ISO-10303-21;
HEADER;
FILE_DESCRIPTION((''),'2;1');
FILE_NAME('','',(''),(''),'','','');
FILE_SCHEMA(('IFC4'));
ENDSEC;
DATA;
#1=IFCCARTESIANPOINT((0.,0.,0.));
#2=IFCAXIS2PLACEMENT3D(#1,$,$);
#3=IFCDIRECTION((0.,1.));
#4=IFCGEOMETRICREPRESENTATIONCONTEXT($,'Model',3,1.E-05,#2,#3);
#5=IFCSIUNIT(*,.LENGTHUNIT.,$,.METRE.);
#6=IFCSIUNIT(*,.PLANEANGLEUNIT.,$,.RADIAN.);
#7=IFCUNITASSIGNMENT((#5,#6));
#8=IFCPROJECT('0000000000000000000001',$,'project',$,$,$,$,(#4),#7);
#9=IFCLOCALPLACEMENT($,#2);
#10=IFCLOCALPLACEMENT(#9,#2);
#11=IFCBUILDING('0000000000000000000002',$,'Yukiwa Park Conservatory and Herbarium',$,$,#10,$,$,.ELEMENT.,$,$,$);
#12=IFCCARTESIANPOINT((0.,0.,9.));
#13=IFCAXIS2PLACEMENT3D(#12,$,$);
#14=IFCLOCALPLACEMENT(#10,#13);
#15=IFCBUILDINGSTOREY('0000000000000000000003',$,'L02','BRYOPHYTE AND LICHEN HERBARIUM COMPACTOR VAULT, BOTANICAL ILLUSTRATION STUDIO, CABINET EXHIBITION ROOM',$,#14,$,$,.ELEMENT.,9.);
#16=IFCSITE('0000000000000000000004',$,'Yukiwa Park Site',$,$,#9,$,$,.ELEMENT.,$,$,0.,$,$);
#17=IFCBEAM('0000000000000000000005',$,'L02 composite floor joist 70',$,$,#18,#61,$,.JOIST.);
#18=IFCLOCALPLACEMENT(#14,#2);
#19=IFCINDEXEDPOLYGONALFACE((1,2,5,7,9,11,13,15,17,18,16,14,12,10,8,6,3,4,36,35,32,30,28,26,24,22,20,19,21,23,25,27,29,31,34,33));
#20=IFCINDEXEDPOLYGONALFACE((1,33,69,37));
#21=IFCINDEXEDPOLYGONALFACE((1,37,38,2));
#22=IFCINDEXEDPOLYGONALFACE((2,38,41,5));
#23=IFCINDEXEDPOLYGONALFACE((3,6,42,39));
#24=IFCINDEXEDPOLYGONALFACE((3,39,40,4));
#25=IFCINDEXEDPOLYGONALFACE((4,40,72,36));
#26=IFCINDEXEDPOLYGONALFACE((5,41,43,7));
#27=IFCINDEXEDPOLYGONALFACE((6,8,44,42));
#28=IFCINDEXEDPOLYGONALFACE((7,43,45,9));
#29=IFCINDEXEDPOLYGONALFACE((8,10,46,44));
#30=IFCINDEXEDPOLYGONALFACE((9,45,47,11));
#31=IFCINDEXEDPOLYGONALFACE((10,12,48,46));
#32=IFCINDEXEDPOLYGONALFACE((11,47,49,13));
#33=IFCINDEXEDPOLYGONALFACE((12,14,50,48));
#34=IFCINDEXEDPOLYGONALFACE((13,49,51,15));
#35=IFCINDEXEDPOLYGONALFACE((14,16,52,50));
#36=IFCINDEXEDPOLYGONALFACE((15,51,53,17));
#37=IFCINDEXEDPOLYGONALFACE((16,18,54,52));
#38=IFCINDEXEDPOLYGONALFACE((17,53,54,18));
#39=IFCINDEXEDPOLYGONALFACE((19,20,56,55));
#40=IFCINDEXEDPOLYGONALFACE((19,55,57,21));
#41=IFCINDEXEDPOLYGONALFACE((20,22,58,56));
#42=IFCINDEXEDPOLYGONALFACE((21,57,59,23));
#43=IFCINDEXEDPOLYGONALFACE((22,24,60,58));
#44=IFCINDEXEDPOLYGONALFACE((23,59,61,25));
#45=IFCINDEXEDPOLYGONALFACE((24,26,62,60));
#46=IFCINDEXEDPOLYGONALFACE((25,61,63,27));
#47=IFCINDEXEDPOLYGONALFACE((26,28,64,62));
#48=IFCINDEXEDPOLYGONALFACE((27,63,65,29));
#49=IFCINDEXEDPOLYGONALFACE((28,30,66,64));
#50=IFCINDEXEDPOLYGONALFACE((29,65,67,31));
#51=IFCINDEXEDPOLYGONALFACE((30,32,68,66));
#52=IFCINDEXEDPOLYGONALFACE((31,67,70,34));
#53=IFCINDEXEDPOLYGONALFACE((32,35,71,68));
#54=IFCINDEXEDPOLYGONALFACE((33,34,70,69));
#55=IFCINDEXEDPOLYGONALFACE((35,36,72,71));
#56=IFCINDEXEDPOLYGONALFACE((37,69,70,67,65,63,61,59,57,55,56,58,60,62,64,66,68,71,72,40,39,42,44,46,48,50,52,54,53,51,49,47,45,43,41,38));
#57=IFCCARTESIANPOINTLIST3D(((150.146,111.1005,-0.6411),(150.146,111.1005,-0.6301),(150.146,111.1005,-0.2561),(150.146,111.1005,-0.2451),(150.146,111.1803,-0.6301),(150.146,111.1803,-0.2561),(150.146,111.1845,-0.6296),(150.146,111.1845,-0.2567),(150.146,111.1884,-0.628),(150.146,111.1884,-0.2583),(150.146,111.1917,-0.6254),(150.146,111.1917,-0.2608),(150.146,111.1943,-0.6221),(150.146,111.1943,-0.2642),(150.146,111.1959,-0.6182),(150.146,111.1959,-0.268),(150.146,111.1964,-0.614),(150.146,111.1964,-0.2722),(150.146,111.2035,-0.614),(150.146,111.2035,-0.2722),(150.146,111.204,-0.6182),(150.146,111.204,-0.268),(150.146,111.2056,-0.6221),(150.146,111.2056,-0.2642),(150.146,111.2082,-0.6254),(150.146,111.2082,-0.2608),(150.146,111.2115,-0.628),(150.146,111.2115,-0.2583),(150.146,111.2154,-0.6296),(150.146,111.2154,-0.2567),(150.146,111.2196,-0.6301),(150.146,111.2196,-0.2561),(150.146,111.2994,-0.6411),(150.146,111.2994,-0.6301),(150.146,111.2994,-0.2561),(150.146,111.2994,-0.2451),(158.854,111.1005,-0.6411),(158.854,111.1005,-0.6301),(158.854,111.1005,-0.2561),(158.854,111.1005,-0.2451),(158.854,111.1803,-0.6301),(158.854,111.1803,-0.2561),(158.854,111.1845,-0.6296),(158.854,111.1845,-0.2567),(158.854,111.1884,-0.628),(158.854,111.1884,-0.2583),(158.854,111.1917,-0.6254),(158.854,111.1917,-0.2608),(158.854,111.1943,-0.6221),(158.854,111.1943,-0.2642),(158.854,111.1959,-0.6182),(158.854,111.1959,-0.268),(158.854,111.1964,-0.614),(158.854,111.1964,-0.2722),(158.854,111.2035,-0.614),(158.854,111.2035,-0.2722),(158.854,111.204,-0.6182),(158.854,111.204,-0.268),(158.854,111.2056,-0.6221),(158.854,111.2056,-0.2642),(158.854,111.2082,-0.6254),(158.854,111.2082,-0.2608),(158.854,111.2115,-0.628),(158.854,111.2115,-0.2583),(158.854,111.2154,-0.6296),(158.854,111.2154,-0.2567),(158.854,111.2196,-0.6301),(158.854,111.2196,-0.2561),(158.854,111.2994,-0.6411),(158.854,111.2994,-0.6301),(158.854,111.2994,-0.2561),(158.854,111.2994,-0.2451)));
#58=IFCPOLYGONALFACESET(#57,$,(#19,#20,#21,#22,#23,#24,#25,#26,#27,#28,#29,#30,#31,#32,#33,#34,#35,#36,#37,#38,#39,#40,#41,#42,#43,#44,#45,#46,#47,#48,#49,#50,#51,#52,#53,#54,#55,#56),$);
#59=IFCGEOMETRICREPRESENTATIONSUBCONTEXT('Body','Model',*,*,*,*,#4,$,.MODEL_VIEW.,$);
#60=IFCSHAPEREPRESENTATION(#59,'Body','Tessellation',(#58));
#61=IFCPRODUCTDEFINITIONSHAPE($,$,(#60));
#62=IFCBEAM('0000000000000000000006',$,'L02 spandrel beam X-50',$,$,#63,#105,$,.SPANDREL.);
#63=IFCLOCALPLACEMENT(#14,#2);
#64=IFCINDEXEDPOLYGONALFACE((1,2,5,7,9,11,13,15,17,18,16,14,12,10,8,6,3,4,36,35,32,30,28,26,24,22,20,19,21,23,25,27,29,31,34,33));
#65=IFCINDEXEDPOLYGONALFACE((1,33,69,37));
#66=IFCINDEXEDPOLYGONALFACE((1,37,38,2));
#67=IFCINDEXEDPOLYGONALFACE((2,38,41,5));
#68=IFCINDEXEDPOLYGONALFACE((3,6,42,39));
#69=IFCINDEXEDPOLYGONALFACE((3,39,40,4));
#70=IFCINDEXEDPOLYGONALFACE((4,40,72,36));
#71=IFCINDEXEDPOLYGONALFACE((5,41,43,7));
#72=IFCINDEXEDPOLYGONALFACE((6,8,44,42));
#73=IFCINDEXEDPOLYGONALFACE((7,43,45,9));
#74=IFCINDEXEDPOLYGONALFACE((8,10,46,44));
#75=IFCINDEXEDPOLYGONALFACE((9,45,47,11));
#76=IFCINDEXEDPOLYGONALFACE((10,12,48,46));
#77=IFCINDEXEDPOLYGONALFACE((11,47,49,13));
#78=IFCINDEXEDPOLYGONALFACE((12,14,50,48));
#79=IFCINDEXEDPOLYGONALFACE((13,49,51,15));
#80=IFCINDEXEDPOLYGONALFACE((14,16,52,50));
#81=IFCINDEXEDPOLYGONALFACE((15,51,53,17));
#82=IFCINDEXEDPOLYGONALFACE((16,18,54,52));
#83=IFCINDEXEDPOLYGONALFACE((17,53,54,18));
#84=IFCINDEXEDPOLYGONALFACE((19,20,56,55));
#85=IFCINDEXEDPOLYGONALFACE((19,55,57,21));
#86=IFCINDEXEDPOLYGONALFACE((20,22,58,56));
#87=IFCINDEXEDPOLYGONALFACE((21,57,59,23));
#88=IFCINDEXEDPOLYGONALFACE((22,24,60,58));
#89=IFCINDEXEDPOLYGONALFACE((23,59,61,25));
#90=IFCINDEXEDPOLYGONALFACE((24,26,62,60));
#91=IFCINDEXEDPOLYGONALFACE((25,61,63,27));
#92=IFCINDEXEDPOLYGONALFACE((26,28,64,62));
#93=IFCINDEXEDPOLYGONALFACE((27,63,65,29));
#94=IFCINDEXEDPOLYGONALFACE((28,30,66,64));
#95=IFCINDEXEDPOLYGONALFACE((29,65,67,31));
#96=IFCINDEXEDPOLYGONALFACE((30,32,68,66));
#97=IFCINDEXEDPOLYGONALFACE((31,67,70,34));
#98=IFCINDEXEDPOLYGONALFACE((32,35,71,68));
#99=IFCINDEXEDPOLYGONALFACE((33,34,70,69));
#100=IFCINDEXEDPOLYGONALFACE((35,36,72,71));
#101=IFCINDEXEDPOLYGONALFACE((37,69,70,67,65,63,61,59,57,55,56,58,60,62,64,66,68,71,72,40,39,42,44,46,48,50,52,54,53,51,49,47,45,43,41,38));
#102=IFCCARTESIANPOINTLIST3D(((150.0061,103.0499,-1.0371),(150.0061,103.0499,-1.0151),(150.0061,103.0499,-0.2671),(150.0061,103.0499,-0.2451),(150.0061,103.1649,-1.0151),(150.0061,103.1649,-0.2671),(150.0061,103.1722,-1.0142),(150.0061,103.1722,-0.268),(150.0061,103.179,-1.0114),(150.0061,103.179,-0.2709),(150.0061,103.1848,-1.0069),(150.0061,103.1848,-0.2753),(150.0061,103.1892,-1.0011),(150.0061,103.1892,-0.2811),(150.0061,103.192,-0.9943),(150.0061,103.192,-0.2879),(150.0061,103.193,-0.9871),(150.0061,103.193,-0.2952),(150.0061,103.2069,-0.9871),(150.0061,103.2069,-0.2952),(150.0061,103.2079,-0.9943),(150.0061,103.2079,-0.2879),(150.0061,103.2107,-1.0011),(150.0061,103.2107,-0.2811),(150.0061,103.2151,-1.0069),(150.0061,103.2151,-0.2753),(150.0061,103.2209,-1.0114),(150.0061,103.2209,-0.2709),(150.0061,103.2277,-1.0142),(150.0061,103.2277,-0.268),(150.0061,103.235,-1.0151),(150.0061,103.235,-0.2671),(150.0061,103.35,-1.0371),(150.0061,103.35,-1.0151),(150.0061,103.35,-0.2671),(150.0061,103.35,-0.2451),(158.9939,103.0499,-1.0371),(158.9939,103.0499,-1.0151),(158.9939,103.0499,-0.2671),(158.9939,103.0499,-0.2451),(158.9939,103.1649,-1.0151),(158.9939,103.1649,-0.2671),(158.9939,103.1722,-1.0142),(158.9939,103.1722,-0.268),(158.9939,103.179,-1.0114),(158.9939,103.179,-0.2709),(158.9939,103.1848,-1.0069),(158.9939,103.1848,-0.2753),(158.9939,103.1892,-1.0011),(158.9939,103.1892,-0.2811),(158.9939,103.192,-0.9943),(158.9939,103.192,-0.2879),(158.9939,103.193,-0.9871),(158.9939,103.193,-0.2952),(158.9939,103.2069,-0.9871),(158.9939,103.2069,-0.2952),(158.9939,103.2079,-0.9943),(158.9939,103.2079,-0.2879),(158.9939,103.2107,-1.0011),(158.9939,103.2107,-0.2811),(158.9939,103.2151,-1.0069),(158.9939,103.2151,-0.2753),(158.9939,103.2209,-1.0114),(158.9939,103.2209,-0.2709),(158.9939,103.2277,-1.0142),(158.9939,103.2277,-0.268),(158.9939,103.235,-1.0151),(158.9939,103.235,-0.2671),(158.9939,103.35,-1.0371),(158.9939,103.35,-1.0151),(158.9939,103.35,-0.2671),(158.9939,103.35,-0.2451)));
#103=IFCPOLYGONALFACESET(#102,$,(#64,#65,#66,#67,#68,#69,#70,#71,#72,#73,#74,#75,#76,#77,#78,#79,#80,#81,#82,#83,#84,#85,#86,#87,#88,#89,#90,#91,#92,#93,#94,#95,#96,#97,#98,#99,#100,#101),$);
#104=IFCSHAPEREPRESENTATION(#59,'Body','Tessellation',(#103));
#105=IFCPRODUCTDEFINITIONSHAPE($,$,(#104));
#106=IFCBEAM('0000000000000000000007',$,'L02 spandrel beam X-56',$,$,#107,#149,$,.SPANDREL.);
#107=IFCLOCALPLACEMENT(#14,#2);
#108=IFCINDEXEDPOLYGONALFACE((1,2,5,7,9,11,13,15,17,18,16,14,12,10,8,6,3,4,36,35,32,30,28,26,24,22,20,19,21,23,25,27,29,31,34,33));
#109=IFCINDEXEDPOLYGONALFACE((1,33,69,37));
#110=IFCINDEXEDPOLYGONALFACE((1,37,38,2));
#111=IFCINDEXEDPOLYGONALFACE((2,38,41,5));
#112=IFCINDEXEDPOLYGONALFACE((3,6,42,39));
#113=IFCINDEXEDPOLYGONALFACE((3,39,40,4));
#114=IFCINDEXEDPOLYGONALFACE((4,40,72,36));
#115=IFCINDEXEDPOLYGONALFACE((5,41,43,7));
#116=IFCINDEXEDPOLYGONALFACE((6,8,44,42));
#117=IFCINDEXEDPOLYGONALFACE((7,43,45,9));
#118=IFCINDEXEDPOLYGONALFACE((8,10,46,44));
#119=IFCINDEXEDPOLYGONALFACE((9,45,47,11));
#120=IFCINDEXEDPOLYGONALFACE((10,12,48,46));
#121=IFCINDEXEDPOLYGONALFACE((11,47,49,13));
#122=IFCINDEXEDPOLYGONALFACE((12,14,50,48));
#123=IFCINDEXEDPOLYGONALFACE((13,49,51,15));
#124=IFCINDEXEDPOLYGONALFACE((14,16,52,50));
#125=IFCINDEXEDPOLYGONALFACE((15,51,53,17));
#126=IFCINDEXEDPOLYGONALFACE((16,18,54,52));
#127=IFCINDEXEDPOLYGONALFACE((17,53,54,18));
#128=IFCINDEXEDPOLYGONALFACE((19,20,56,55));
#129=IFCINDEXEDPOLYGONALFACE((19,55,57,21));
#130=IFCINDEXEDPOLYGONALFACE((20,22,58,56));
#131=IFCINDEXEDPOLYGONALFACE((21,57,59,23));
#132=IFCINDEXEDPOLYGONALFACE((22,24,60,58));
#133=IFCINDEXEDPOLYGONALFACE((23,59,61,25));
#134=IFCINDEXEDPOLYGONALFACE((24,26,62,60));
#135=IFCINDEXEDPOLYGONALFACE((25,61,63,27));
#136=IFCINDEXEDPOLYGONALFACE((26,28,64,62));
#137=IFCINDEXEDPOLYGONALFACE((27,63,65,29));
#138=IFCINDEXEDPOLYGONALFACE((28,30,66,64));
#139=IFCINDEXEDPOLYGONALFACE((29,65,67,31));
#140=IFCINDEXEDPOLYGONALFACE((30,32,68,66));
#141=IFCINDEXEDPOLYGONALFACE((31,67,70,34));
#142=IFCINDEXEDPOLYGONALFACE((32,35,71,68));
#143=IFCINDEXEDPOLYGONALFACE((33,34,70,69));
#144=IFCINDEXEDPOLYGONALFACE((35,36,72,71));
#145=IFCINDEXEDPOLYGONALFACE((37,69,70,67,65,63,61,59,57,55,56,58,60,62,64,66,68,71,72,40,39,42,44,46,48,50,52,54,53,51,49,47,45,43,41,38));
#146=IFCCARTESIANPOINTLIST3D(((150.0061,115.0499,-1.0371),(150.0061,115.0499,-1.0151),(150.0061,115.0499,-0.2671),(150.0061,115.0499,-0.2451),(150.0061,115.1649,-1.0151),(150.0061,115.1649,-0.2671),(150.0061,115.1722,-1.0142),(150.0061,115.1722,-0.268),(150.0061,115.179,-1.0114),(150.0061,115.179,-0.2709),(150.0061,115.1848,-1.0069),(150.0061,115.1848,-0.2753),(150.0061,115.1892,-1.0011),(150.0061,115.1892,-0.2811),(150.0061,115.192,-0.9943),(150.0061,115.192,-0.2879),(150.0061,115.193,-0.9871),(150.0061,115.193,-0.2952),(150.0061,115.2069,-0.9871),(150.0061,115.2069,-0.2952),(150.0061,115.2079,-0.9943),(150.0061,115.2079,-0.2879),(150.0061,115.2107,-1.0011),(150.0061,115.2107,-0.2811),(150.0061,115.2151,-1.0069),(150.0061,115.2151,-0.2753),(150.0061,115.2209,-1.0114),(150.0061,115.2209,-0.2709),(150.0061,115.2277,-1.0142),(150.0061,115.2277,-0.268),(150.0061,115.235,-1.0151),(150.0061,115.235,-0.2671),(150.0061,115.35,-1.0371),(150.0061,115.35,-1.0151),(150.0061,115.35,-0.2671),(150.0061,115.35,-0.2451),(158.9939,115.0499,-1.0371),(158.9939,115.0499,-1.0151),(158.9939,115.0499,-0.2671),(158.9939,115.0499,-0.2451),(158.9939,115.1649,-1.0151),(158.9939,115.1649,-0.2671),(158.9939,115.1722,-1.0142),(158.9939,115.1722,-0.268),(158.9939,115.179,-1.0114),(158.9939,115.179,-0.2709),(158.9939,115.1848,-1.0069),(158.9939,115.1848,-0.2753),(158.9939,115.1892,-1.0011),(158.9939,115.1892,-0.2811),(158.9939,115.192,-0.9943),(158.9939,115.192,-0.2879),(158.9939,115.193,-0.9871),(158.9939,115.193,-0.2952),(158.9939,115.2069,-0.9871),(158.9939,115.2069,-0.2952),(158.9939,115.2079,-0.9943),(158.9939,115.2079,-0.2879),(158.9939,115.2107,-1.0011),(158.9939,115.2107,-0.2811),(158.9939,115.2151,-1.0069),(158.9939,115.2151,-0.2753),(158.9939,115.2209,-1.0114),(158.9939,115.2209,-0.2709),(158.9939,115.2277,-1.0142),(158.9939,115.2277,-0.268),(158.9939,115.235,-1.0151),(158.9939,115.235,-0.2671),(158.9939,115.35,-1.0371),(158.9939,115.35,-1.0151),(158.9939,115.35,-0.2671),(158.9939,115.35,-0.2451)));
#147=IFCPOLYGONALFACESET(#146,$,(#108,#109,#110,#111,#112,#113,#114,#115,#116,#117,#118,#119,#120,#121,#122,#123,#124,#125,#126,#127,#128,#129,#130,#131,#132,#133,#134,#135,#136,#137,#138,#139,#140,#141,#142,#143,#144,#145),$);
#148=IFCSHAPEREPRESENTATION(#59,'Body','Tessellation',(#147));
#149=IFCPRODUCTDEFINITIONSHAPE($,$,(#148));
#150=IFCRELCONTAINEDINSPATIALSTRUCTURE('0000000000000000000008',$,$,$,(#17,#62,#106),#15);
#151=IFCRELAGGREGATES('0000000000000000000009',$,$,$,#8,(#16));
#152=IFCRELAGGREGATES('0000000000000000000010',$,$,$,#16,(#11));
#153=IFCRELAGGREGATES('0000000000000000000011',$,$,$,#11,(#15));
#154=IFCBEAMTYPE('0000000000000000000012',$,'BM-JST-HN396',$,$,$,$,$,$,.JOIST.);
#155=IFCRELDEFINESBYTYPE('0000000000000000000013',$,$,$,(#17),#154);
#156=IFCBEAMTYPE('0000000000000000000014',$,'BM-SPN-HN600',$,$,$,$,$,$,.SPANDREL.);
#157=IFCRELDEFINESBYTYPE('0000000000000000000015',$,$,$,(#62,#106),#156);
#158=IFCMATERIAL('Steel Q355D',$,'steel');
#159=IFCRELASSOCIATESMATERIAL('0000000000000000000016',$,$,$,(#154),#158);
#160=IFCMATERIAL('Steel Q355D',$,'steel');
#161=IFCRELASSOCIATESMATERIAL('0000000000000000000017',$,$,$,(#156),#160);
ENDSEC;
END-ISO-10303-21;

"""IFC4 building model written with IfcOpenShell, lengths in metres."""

from ifc_helpers import new_model, si_unit, direction, frame, origin, origin_2d, place, context, subcontext, project, spatial, i_section, extrude, material, material_profile, profile_set, type_object, element, save


model = new_model("IFC4")

# Units and contexts
model_context = context("Model", 3, precision=1e-05, world=origin(), true_north=direction((0.0, 1.0)))
body_context = subcontext(model_context, "Body", "Model", "MODEL_VIEW")
ifc_project = project(units=[si_unit("LENGTHUNIT", "METRE"), si_unit("PLANEANGLEUNIT", "RADIAN")], contexts=[model_context])

# Site, building, storey
site_placement = place(None, origin())
site = spatial("IfcSite", under=ifc_project, at=site_placement, Name="Yukiwa Park Site", CompositionType="ELEMENT", RefElevation=0.0)
building_placement = place(site_placement, origin())
building = spatial("IfcBuilding", under=site, at=building_placement, Name="Yukiwa Park Conservatory and Herbarium", CompositionType="ELEMENT")
storey_placement = place(building_placement, frame((0.0, 0.0, 9.0)))
storey = spatial("IfcBuildingStorey", under=building, at=storey_placement, Name="L02", Description="BRYOPHYTE AND LICHEN HERBARIUM COMPACTOR VAULT, BOTANICAL ILLUSTRATION STUDIO, CABINET EXHIBITION ROOM", CompositionType="ELEMENT", Elevation=9.0)

# Beams
ifc_material_1 = material(Name="Steel Q355D", Category="steel")
ifc_material_profile_1 = material_profile(ifc_material_1, i_section(OverallWidth=0.199, OverallDepth=0.396, WebThickness=0.0071, FlangeThickness=0.011, FilletRadius=0.0161, at=origin_2d()), Name="HN 396x199x7x11")
ifc_profile_set_1 = profile_set([ifc_material_profile_1], Name="Steel Q355D")
beam_type_1 = type_object("IfcBeamType", Name="BM-JST-HN396", PredefinedType="JOIST", material=ifc_profile_set_1)
for number, where, z_axis, x_axis, name in (
    (1, (150.146, 111.2, -0.4431), (1.0, 0.0, 0.0), (0.0, 1.0, 0.0), "L02 composite floor joist 70"),
):
    element("IfcBeam", number, at=place(storey_placement, frame(where, z_axis=z_axis, x_axis=x_axis)), inside=storey, type_object=beam_type_1, Name=name, PredefinedType="JOIST", context=body_context, shape_type="SweptSolid", body=[
        extrude(i_section(OverallWidth=0.199, OverallDepth=0.396, WebThickness=0.0071, FlangeThickness=0.011, FilletRadius=0.0161, at=origin_2d()), origin(), (0.0, 0.0, 1.0), 8.708),
    ])
ifc_material_2 = material(Name="Steel Q355D", Category="steel")
ifc_material_profile_2 = material_profile(ifc_material_2, i_section(OverallWidth=0.3, OverallDepth=0.792, WebThickness=0.0139, FlangeThickness=0.022, FilletRadius=0.0281, at=origin_2d()), Name="HN 792x300x14x22")
ifc_profile_set_2 = profile_set([ifc_material_profile_2], Name="Steel Q355D")
beam_type_2 = type_object("IfcBeamType", Name="BM-SPN-HN600", PredefinedType="SPANDREL", material=ifc_profile_set_2)
for number, where, z_axis, x_axis, name in (
    (2, (150.0061, 103.2, -0.6411), (1.0, 0.0, 0.0), (0.0, 1.0, 0.0), "L02 spandrel beam X-50"),
    (3, (150.0061, 115.2, -0.6411), (1.0, 0.0, 0.0), (0.0, 1.0, 0.0), "L02 spandrel beam X-56"),
):
    element("IfcBeam", number, at=place(storey_placement, frame(where, z_axis=z_axis, x_axis=x_axis)), inside=storey, type_object=beam_type_2, Name=name, PredefinedType="SPANDREL", context=body_context, shape_type="SweptSolid", body=[
        extrude(i_section(OverallWidth=0.3, OverallDepth=0.792, WebThickness=0.0139, FlangeThickness=0.022, FilletRadius=0.0281, at=origin_2d()), origin(), (0.0, 0.0, 1.0), 8.9878),
    ])

save(model, "model.ifc")
